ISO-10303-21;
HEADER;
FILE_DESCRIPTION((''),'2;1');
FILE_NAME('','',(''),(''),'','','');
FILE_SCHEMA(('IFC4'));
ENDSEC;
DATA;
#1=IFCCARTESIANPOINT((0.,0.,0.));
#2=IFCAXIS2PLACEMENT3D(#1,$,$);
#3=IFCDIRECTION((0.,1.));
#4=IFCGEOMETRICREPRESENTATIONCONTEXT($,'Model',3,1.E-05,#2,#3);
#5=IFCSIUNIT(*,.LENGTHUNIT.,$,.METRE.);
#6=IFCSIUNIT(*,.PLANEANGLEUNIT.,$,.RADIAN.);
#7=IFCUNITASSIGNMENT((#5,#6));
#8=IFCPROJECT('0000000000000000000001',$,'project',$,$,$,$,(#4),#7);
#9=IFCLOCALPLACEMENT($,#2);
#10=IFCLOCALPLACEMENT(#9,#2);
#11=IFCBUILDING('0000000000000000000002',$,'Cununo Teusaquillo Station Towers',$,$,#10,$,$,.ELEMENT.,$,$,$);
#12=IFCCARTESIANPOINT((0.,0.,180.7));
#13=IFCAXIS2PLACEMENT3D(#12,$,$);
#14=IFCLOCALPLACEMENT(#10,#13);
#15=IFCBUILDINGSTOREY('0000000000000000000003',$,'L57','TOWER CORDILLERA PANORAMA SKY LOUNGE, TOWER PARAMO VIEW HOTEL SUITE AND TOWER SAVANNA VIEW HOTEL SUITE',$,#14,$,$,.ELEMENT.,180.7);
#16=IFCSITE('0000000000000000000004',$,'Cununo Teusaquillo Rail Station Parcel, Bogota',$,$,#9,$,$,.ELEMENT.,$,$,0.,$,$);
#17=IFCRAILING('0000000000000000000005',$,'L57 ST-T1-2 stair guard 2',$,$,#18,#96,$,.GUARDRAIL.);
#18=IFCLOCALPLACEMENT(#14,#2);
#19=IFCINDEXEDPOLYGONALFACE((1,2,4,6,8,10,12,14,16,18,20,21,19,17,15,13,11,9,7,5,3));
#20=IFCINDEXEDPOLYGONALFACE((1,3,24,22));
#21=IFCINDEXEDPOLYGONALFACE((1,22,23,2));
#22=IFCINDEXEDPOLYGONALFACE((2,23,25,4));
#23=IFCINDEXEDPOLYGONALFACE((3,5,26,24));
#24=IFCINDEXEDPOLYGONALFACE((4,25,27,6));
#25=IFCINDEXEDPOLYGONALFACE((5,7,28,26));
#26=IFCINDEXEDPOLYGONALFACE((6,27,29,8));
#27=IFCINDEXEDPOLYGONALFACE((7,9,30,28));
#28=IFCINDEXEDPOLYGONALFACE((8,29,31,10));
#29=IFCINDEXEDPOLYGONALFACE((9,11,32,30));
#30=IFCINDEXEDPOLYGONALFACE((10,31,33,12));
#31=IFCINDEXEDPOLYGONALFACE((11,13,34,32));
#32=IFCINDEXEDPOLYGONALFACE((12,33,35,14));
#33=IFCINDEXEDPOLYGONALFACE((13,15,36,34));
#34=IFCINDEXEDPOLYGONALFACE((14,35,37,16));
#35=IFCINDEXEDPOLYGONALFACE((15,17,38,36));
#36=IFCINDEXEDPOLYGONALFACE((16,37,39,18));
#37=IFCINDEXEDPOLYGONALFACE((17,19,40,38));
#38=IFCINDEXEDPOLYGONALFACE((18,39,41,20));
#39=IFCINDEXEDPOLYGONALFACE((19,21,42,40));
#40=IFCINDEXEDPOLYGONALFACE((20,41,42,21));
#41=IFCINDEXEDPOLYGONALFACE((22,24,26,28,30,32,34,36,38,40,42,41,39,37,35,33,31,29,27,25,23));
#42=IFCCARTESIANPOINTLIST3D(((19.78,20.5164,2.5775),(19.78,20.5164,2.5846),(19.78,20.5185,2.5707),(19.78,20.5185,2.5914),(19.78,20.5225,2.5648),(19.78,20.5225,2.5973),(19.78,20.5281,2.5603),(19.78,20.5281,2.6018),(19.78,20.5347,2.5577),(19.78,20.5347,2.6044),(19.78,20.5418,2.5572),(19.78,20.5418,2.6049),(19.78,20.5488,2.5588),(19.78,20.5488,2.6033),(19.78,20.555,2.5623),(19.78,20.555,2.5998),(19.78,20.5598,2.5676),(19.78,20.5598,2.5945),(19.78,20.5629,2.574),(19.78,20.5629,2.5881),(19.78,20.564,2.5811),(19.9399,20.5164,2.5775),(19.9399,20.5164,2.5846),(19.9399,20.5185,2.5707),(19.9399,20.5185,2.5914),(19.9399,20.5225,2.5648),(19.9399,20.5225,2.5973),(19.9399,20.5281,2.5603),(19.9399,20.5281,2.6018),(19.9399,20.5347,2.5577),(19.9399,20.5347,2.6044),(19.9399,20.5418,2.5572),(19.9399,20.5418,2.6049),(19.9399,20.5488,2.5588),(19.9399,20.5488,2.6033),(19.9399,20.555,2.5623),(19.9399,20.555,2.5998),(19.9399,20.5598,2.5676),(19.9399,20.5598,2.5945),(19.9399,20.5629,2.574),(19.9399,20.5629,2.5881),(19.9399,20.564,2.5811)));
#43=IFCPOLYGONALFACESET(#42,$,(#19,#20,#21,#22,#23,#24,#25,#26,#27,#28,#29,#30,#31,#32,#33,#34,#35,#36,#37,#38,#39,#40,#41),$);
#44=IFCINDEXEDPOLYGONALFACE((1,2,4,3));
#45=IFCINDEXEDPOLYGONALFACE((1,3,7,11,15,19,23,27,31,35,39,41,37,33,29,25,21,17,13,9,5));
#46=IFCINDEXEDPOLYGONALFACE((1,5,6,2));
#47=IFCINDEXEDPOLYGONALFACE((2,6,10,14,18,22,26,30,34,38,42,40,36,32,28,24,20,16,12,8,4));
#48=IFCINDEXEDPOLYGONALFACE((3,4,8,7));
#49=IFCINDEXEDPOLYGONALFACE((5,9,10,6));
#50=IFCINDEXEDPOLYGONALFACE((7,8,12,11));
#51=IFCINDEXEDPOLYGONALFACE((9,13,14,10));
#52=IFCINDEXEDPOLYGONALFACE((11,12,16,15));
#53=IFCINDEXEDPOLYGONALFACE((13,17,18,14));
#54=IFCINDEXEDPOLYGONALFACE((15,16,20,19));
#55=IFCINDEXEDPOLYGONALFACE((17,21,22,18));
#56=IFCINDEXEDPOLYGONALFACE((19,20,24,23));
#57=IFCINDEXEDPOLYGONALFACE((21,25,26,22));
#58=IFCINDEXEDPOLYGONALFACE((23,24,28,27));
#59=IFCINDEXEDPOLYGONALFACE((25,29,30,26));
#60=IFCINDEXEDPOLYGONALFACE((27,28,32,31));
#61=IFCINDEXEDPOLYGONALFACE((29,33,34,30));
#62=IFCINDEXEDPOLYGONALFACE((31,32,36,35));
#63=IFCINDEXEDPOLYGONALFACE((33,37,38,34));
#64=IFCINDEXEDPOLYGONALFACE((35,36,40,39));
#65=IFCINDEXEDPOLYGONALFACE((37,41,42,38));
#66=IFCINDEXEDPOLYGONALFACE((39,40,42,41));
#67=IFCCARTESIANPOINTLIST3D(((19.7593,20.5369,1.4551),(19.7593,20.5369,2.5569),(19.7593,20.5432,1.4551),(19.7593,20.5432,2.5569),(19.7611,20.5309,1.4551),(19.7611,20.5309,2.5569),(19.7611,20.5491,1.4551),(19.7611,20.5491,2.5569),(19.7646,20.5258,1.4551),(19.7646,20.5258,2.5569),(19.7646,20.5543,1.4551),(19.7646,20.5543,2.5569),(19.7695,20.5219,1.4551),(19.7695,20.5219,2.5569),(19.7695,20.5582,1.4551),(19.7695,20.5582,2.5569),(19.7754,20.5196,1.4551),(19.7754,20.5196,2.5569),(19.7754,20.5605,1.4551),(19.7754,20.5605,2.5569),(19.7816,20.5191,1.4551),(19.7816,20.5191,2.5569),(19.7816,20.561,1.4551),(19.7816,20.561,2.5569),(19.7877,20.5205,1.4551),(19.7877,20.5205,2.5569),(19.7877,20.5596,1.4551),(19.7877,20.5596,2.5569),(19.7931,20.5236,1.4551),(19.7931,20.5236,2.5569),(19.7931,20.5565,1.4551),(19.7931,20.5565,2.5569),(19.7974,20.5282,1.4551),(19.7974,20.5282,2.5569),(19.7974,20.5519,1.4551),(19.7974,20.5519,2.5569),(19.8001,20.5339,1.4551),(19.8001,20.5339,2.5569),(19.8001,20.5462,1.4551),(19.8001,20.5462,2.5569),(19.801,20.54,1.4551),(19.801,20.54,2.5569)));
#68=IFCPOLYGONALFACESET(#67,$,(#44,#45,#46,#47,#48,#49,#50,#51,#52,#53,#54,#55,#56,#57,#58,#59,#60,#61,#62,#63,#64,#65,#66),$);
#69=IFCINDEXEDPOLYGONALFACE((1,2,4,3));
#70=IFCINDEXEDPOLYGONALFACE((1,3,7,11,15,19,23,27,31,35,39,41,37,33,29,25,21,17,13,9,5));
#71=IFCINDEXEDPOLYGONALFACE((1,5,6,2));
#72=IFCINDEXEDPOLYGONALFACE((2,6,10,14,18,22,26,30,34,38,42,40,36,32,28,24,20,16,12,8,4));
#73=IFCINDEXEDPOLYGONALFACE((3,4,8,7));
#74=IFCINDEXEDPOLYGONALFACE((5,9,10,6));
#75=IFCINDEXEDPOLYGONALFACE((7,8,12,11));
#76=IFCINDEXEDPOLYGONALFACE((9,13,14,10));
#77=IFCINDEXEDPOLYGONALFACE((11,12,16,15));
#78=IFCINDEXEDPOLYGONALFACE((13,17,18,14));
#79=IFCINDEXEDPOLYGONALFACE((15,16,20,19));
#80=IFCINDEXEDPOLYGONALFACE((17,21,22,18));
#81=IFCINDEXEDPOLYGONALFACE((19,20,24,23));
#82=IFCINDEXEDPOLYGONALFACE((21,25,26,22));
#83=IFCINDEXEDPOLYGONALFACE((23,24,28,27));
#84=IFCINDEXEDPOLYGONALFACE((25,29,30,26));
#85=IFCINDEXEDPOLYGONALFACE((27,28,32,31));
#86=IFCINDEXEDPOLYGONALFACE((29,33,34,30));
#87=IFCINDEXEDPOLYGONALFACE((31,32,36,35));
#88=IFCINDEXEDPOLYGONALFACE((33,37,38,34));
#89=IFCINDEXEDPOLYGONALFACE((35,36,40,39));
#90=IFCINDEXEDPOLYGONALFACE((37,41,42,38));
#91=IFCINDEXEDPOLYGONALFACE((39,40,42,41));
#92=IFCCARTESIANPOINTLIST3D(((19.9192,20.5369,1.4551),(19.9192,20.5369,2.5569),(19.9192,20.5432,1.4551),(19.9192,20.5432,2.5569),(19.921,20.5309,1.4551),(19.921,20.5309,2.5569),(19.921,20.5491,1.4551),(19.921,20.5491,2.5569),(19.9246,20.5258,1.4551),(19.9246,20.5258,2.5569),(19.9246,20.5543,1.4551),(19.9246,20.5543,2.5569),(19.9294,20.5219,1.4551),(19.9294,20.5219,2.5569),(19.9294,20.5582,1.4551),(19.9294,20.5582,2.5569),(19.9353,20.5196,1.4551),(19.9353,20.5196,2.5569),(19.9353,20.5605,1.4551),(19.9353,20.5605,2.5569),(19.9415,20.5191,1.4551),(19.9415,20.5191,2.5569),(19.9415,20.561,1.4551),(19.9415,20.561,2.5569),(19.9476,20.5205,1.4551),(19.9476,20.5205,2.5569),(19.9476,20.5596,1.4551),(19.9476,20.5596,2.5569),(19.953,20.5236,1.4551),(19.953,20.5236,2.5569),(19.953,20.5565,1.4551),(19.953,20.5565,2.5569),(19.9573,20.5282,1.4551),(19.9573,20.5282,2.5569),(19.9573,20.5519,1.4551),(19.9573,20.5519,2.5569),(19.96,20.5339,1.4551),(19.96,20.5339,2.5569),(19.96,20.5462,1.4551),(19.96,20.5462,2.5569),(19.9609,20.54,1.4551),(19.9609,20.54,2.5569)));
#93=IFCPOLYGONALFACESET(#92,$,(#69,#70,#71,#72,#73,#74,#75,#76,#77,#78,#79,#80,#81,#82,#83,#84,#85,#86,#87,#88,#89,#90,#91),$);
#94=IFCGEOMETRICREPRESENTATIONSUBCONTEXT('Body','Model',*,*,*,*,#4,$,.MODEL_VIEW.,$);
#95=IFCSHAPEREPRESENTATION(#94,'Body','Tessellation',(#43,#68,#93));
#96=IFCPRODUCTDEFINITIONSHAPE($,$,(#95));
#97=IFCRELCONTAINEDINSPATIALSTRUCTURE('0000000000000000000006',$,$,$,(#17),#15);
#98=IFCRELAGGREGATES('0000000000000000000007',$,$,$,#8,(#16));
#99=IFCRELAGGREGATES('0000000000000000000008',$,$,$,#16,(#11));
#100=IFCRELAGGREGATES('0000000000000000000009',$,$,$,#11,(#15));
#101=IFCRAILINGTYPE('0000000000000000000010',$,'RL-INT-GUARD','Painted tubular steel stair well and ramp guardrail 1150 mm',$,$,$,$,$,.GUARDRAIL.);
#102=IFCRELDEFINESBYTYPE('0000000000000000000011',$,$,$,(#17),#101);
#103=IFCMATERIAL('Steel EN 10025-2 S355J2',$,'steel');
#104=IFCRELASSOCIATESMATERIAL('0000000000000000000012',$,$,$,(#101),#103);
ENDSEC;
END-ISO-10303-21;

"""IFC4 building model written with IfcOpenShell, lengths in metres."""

from ifc_helpers import new_model, si_unit, direction, frame, origin, origin_2d, place, context, subcontext, project, spatial, circle, extrude, material, type_object, element, save


model = new_model("IFC4")

# Units and contexts
model_context = context("Model", 3, precision=1e-05, world=origin(), true_north=direction((0.0, 1.0)))
body_context = subcontext(model_context, "Body", "Model", "MODEL_VIEW")
ifc_project = project(units=[si_unit("LENGTHUNIT", "METRE"), si_unit("PLANEANGLEUNIT", "RADIAN")], contexts=[model_context])

# Site, building, storey
site_placement = place(None, origin())
site = spatial("IfcSite", under=ifc_project, at=site_placement, Name="Cununo Teusaquillo Rail Station Parcel, Bogota", CompositionType="ELEMENT", RefElevation=0.0)
building_placement = place(site_placement, origin())
building = spatial("IfcBuilding", under=site, at=building_placement, Name="Cununo Teusaquillo Station Towers", CompositionType="ELEMENT")
storey_placement = place(building_placement, frame((0.0, 0.0, 180.7)))
storey = spatial("IfcBuildingStorey", under=building, at=storey_placement, Name="L57", Description="TOWER CORDILLERA PANORAMA SKY LOUNGE, TOWER PARAMO VIEW HOTEL SUITE AND TOWER SAVANNA VIEW HOTEL SUITE", CompositionType="ELEMENT", Elevation=180.7)

# Railing
ifc_material_1 = material(Name="Steel EN 10025-2 S355J2", Category="steel")
railing_type_1 = type_object("IfcRailingType", Name="RL-INT-GUARD", Description="Painted tubular steel stair well and ramp guardrail 1150 mm", PredefinedType="GUARDRAIL", material=ifc_material_1)
railing_1_placement = place(storey_placement, frame((19.78, 20.54, 1.4551)))
element("IfcRailing", 1, at=railing_1_placement, inside=storey, type_object=railing_type_1, Name="L57 ST-T1-2 stair guard 2", PredefinedType="GUARDRAIL", context=body_context, shape_type="SweptSolid", body=[
    extrude(circle(Radius=0.0239, at=origin_2d()), frame((0.0, 0.0, 1.126), z_axis=(1.0, 0.0, 0.0), x_axis=(0.0, 1.0, 0.0)), (0.0, 0.0, 1.0), 0.1599),
    extrude(circle(Radius=0.021, at=origin_2d()), origin(), (0.0, 0.0, 1.0), 1.1018),
    extrude(circle(Radius=0.021, at=origin_2d()), frame((0.1599, 0.0, 0.0)), (0.0, 0.0, 1.0), 1.1018),
])

save(model, "model.ifc")
